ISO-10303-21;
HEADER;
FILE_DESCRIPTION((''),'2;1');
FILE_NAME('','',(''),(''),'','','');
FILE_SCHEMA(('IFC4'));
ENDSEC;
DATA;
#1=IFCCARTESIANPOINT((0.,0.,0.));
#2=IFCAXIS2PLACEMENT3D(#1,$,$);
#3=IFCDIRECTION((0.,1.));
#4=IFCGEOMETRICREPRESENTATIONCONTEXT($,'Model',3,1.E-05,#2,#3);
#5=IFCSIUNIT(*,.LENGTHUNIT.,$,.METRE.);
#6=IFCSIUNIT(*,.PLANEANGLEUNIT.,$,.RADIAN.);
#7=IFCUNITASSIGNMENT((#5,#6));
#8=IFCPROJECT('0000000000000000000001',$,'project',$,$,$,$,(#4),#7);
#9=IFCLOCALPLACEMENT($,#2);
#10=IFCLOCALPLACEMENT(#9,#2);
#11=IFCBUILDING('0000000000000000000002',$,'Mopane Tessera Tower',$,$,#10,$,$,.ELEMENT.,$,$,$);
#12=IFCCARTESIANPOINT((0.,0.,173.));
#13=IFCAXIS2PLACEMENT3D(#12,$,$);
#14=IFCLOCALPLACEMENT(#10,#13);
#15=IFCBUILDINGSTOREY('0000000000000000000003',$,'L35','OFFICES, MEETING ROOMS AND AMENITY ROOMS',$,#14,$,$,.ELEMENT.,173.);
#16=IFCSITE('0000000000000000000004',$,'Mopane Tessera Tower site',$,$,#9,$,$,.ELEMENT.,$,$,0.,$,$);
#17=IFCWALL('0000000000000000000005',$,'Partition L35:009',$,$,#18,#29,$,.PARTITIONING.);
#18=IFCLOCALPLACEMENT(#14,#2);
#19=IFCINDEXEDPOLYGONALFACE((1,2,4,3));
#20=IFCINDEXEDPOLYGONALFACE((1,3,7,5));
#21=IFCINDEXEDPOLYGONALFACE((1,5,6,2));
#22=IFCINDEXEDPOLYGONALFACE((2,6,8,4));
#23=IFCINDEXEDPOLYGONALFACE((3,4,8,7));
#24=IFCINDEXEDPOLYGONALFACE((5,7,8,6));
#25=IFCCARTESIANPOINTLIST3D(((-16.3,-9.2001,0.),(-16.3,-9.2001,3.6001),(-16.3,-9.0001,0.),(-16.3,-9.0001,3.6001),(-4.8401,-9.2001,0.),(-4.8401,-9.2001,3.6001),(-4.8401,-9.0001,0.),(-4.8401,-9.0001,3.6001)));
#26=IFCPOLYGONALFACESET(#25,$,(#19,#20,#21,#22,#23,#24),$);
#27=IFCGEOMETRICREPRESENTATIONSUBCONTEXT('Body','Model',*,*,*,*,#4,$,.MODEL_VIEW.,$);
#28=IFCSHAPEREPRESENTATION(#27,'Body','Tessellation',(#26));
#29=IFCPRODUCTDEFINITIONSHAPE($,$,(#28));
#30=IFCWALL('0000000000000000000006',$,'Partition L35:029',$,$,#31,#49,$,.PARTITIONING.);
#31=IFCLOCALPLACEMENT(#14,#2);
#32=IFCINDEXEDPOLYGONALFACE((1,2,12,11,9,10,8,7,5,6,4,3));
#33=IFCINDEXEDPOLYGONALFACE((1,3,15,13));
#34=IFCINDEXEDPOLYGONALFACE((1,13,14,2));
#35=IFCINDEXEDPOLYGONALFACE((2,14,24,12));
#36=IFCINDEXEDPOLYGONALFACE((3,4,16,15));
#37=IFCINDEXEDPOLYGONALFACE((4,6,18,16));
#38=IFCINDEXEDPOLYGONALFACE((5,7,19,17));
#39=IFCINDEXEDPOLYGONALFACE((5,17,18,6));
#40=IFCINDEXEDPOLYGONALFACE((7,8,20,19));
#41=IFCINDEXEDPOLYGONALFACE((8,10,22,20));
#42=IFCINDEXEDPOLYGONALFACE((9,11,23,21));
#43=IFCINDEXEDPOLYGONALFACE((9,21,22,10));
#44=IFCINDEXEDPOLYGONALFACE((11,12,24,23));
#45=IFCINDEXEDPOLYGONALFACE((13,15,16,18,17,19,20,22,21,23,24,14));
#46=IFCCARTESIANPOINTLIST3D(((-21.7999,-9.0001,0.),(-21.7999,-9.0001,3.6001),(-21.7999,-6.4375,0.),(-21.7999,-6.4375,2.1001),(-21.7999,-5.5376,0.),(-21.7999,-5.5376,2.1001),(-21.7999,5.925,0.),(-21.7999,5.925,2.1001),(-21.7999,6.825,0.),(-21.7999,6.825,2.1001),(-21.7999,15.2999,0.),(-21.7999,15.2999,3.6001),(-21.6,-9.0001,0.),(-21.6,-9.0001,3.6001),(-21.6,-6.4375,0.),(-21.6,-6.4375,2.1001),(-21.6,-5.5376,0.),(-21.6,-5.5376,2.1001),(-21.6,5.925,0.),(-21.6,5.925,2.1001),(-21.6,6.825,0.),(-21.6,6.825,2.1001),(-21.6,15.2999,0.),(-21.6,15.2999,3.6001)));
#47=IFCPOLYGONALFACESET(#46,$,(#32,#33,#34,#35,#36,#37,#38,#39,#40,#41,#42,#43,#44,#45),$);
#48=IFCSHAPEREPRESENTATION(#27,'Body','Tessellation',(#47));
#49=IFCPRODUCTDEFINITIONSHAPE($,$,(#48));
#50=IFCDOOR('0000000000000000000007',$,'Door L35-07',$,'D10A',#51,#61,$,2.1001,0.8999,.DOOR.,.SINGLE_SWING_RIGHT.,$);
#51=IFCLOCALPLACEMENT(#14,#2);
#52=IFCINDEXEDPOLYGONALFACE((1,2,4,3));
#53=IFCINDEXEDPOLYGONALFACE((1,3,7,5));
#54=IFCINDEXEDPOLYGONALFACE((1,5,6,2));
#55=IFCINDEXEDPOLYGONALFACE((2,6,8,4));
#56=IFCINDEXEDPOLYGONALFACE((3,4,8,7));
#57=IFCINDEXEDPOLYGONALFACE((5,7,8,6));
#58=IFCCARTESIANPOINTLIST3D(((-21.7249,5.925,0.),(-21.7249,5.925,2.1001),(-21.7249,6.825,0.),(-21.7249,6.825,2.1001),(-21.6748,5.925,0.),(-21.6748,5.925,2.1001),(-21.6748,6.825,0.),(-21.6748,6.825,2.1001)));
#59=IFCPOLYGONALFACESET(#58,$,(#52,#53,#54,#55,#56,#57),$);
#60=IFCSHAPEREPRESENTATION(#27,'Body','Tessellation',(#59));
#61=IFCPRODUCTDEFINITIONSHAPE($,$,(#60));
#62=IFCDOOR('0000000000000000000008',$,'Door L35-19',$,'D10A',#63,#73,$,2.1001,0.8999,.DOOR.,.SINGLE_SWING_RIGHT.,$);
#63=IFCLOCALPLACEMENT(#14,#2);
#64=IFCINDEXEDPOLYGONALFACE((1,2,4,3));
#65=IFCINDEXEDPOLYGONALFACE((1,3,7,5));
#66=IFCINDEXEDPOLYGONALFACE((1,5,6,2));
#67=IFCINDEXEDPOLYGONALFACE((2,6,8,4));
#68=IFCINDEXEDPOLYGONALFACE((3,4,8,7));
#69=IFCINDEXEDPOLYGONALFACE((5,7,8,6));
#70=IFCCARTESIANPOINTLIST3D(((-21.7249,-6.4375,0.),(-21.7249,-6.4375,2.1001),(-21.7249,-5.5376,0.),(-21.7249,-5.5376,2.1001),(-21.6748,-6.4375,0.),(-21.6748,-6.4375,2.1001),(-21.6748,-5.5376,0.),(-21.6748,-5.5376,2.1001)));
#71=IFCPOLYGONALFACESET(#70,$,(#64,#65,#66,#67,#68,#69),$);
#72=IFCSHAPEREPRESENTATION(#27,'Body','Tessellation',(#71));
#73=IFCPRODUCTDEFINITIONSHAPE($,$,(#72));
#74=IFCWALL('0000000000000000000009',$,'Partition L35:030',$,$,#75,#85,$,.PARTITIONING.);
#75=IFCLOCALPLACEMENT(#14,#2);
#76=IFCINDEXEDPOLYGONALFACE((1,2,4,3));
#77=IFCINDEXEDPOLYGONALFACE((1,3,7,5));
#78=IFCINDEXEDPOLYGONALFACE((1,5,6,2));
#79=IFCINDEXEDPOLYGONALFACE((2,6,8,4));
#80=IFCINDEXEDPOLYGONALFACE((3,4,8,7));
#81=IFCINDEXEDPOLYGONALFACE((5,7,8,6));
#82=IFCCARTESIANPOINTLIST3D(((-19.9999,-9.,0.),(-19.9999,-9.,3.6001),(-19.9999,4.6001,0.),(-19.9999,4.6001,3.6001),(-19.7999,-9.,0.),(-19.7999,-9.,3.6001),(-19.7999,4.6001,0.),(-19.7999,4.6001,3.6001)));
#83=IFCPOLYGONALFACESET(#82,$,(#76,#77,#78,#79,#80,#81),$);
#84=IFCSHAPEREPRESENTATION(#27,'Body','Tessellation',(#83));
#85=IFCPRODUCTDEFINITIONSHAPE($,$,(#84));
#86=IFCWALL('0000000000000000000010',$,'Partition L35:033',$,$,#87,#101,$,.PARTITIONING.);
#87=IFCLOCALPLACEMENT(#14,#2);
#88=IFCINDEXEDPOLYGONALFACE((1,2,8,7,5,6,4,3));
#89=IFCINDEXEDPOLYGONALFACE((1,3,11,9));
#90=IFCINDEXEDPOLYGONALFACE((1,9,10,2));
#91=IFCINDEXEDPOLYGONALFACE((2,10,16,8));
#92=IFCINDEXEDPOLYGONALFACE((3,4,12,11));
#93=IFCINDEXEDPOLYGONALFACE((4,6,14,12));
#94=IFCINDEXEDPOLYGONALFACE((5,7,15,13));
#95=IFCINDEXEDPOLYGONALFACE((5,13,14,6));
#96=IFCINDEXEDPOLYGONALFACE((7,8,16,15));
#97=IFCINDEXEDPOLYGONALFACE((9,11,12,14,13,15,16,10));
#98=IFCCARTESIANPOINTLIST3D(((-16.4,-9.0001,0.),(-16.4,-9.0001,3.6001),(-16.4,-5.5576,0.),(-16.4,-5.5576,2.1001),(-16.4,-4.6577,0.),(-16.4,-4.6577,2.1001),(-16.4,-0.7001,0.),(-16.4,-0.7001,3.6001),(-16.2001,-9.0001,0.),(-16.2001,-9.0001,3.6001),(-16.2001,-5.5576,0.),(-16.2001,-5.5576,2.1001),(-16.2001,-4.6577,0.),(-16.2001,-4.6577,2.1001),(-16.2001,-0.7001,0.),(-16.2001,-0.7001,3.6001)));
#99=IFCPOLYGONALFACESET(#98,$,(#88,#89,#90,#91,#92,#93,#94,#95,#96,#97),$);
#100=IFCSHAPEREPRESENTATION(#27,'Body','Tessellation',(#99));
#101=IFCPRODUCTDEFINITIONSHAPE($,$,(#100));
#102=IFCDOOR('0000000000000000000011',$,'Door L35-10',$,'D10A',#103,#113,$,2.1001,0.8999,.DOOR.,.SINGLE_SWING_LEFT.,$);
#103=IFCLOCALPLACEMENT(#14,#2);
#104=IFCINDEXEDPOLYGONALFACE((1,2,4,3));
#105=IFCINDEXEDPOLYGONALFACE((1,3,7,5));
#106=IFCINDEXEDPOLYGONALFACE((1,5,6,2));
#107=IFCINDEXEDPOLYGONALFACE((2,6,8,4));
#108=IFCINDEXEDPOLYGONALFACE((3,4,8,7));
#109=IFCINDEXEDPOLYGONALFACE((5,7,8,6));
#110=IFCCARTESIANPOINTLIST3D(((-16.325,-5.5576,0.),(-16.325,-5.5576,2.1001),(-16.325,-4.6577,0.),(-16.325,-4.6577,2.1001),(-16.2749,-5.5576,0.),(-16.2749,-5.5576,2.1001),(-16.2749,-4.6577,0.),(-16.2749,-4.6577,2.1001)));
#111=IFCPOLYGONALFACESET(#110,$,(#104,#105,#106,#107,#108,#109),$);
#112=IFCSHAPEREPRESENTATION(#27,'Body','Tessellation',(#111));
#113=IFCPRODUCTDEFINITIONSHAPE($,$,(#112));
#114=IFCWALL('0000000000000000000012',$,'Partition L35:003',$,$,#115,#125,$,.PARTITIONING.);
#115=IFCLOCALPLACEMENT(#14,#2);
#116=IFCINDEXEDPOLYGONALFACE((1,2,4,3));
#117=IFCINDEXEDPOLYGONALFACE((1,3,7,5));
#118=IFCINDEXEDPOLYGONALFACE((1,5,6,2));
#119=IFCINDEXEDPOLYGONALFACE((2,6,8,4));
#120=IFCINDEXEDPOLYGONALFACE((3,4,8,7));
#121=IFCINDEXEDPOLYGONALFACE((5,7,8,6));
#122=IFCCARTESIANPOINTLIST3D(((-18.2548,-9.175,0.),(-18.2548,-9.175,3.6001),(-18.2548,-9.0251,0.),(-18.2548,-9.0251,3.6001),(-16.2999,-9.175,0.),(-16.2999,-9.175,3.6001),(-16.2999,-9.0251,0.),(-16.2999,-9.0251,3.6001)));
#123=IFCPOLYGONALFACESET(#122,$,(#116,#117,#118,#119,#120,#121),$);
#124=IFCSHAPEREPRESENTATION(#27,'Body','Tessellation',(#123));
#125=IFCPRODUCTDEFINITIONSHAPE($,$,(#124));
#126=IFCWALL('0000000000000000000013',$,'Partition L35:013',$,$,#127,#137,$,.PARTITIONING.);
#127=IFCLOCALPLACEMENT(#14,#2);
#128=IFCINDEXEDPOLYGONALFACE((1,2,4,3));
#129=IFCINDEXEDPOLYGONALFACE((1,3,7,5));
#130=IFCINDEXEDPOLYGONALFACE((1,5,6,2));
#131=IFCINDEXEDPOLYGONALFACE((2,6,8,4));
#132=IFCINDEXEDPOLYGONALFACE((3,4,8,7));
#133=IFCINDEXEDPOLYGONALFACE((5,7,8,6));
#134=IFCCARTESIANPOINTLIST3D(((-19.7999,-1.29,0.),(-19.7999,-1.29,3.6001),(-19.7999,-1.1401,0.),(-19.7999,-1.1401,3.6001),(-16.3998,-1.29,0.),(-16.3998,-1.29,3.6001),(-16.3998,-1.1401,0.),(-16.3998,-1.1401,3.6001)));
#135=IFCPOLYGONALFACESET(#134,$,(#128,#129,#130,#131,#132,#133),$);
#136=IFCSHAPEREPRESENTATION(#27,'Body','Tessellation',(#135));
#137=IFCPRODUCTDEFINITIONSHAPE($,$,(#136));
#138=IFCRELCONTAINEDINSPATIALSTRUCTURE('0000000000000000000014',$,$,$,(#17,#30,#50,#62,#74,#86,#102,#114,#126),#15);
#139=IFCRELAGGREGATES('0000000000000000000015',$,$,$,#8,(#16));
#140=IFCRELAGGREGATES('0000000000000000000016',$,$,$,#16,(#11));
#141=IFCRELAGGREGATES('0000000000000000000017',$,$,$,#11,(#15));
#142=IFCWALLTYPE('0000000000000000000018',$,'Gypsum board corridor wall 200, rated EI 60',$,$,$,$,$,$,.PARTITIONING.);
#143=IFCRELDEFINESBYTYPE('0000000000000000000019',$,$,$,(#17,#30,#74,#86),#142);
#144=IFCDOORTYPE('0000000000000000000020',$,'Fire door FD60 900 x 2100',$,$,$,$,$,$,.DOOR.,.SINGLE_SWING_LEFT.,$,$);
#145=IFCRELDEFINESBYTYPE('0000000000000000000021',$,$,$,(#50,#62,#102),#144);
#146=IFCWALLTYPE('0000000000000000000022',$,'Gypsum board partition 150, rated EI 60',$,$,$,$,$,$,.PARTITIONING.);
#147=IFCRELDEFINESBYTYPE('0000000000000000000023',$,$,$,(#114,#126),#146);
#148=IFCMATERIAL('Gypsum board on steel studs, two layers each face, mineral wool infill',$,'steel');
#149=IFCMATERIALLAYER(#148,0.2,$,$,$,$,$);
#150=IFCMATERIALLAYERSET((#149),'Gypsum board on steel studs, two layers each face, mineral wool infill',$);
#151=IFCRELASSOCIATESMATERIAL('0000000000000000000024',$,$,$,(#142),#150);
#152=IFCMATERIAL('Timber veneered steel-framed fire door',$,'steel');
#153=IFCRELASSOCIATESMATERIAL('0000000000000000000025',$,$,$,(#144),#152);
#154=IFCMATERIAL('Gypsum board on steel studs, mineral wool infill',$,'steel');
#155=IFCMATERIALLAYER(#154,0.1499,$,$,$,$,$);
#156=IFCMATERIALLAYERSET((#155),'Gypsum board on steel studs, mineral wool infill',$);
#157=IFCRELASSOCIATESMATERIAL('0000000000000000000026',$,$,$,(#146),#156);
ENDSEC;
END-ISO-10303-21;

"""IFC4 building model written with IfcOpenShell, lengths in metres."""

from ifc_helpers import new_model, si_unit, direction, frame, frame_2d, origin, place, context, subcontext, project, spatial, rectangle, extrude, material, layer, layer_set, type_object, element, fill, save


model = new_model("IFC4")

# Units and contexts
model_context = context("Model", 3, precision=1e-05, world=origin(), true_north=direction((0.0, 1.0)))
body_context = subcontext(model_context, "Body", "Model", "MODEL_VIEW")
ifc_project = project(units=[si_unit("LENGTHUNIT", "METRE"), si_unit("PLANEANGLEUNIT", "RADIAN")], contexts=[model_context])

# Site, building, storey
site_placement = place(None, origin())
site = spatial("IfcSite", under=ifc_project, at=site_placement, Name="Mopane Tessera Tower site", CompositionType="ELEMENT", RefElevation=0.0)
building_placement = place(site_placement, origin())
building = spatial("IfcBuilding", under=site, at=building_placement, Name="Mopane Tessera Tower", CompositionType="ELEMENT")
storey_placement = place(building_placement, frame((0.0, 0.0, 173.0)))
storey = spatial("IfcBuildingStorey", under=building, at=storey_placement, Name="L35", Description="OFFICES, MEETING ROOMS AND AMENITY ROOMS", CompositionType="ELEMENT", Elevation=173.0)

# Wall
ifc_material_1 = material(Name="Gypsum board on steel studs, two layers each face, mineral wool infill", Category="steel")
ifc_layer_1 = layer(ifc_material_1, 0.2)
ifc_layer_set_1 = layer_set([ifc_layer_1], Name="Gypsum board on steel studs, two layers each face, mineral wool infill")
wall_type_1 = type_object("IfcWallType", Name="Gypsum board corridor wall 200, rated EI 60", PredefinedType="PARTITIONING", material=ifc_layer_set_1)
wall_1_placement = place(storey_placement, frame((-16.3, -9.1001, 0.0), z_axis=(0.0, 0.0, 1.0), x_axis=(1.0, 0.0, 0.0)))
element("IfcWall", 1, at=wall_1_placement, inside=storey, type_object=wall_type_1, Name="Partition L35:009", PredefinedType="PARTITIONING", context=body_context, shape_type="SweptSolid", body=[
    extrude(rectangle(XDim=11.46, YDim=0.2, at=frame_2d((5.73, 0.0))), origin(), (0.0, 0.0, 1.0), 3.6001),
])

# Wall, openings, doors
wall_2_placement = place(storey_placement, frame((-21.7, -9.0, 0.0), z_axis=(0.0, 0.0, 1.0), x_axis=(0.0, 1.0, 0.0)))
wall_2 = element("IfcWall", 2, at=wall_2_placement, inside=storey, type_object=wall_type_1, Name="Partition L35:029", PredefinedType="PARTITIONING", context=body_context, shape_type="SweptSolid", body=[
    extrude(rectangle(XDim=24.3, YDim=0.2, at=frame_2d((12.1499, 0.0))), origin(), (0.0, 0.0, 1.0), 3.6001),
])
opening_1_placement = place(wall_2_placement, frame((14.925, 0.0, 0.0)))
opening_1 = element("IfcOpeningElement", 3, at=opening_1_placement, cuts=wall_2, PredefinedType="OPENING", context=body_context, shape_type="SweptSolid", body=[
    extrude(rectangle(XDim=0.8999, YDim=2.1001, at=frame_2d((0.45, 1.05))), frame((0.0, 0.1121, 0.0), z_axis=(0.0, -1.0, 0.0), x_axis=(1.0, 0.0, 0.0)), (0.0, 0.0, 1.0), 0.2239),
])
opening_2_placement = place(wall_2_placement, frame((2.5625, 0.0, 0.0)))
opening_2 = element("IfcOpeningElement", 4, at=opening_2_placement, cuts=wall_2, PredefinedType="OPENING", context=body_context, shape_type="SweptSolid", body=[
    extrude(rectangle(XDim=0.8999, YDim=2.1001, at=frame_2d((0.45, 1.05))), frame((0.0, 0.1121, 0.0), z_axis=(0.0, -1.0, 0.0), x_axis=(1.0, 0.0, 0.0)), (0.0, 0.0, 1.0), 0.2239),
])
ifc_material_2 = material(Name="Timber veneered steel-framed fire door", Category="steel")
door_type_1 = type_object("IfcDoorType", Name="Fire door FD60 900 x 2100", OperationType="SINGLE_SWING_LEFT", PredefinedType="DOOR", material=ifc_material_2)
door_1_placement = place(opening_1_placement, origin())
door_1 = element("IfcDoor", 5, at=door_1_placement, inside=storey, type_object=door_type_1, Name="Door L35-07", ObjectType="D10A", OperationType="SINGLE_SWING_RIGHT", OverallHeight=2.1001, OverallWidth=0.8999, PredefinedType="DOOR", context=body_context, shape_type="SweptSolid", body=[
    extrude(rectangle(XDim=0.8999, YDim=2.1001, at=frame_2d((0.45, 1.05))), frame((0.0, 0.0249, 0.0), z_axis=(0.0, -1.0, 0.0), x_axis=(1.0, 0.0, 0.0)), (0.0, 0.0, 1.0), 0.05),
])
fill(opening_1, door_1)
door_2_placement = place(opening_2_placement, origin())
door_2 = element("IfcDoor", 6, at=door_2_placement, inside=storey, type_object=door_type_1, Name="Door L35-19", ObjectType="D10A", OperationType="SINGLE_SWING_RIGHT", OverallHeight=2.1001, OverallWidth=0.8999, PredefinedType="DOOR", context=body_context, shape_type="SweptSolid", body=[
    extrude(rectangle(XDim=0.8999, YDim=2.1001, at=frame_2d((0.45, 1.05))), frame((0.0, 0.0249, 0.0), z_axis=(0.0, -1.0, 0.0), x_axis=(1.0, 0.0, 0.0)), (0.0, 0.0, 1.0), 0.05),
])
fill(opening_2, door_2)

# Wall
wall_3_placement = place(storey_placement, frame((-19.8999, -9.0, 0.0), z_axis=(0.0, 0.0, 1.0), x_axis=(0.0, 1.0, 0.0)))
element("IfcWall", 7, at=wall_3_placement, inside=storey, type_object=wall_type_1, Name="Partition L35:030", PredefinedType="PARTITIONING", context=body_context, shape_type="SweptSolid", body=[
    extrude(rectangle(XDim=13.6001, YDim=0.2, at=frame_2d((6.8, 0.0))), origin(), (0.0, 0.0, 1.0), 3.6001),
])

# Wall, opening, door
wall_4_placement = place(storey_placement, frame((-16.3, -9.0, 0.0), z_axis=(0.0, 0.0, 1.0), x_axis=(0.0, 1.0, 0.0)))
wall_4 = element("IfcWall", 8, at=wall_4_placement, inside=storey, type_object=wall_type_1, Name="Partition L35:033", PredefinedType="PARTITIONING", context=body_context, shape_type="SweptSolid", body=[
    extrude(rectangle(XDim=8.3, YDim=0.2, at=frame_2d((4.1499, 0.0))), origin(), (0.0, 0.0, 1.0), 3.6001),
])
opening_3_placement = place(wall_4_placement, frame((3.4424, 0.0, 0.0)))
opening_3 = element("IfcOpeningElement", 9, at=opening_3_placement, cuts=wall_4, PredefinedType="OPENING", context=body_context, shape_type="SweptSolid", body=[
    extrude(rectangle(XDim=0.8999, YDim=2.1001, at=frame_2d((0.45, 1.05))), frame((0.0, 0.1121, 0.0), z_axis=(0.0, -1.0, 0.0), x_axis=(1.0, 0.0, 0.0)), (0.0, 0.0, 1.0), 0.2239),
])
door_3_placement = place(opening_3_placement, origin())
door_3 = element("IfcDoor", 10, at=door_3_placement, inside=storey, type_object=door_type_1, Name="Door L35-10", ObjectType="D10A", OperationType="SINGLE_SWING_LEFT", OverallHeight=2.1001, OverallWidth=0.8999, PredefinedType="DOOR", context=body_context, shape_type="SweptSolid", body=[
    extrude(rectangle(XDim=0.8999, YDim=2.1001, at=frame_2d((0.45, 1.05))), frame((0.0, 0.0249, 0.0), z_axis=(0.0, -1.0, 0.0), x_axis=(1.0, 0.0, 0.0)), (0.0, 0.0, 1.0), 0.05),
])
fill(opening_3, door_3)

# Walls
ifc_material_3 = material(Name="Gypsum board on steel studs, mineral wool infill", Category="steel")
ifc_layer_2 = layer(ifc_material_3, 0.1499)
ifc_layer_set_2 = layer_set([ifc_layer_2], Name="Gypsum board on steel studs, mineral wool infill")
wall_type_2 = type_object("IfcWallType", Name="Gypsum board partition 150, rated EI 60", PredefinedType="PARTITIONING", material=ifc_layer_set_2)
wall_5_placement = place(storey_placement, frame((-18.2549, -9.1001, 0.0), z_axis=(0.0, 0.0, 1.0), x_axis=(1.0, 0.0, 0.0)))
element("IfcWall", 11, at=wall_5_placement, inside=storey, type_object=wall_type_2, Name="Partition L35:003", PredefinedType="PARTITIONING", context=body_context, shape_type="SweptSolid", body=[
    extrude(rectangle(XDim=1.9548, YDim=0.1499, at=frame_2d((0.9775, 0.0))), origin(), (0.0, 0.0, 1.0), 3.6001),
])
wall_6_placement = place(storey_placement, frame((-19.8, -1.2151, 0.0), z_axis=(0.0, 0.0, 1.0), x_axis=(1.0, 0.0, 0.0)))
element("IfcWall", 12, at=wall_6_placement, inside=storey, type_object=wall_type_2, Name="Partition L35:013", PredefinedType="PARTITIONING", context=body_context, shape_type="SweptSolid", body=[
    extrude(rectangle(XDim=3.4001, YDim=0.1499, at=frame_2d((1.7002, 0.0))), origin(), (0.0, 0.0, 1.0), 3.6001),
])

save(model, "model.ifc")
